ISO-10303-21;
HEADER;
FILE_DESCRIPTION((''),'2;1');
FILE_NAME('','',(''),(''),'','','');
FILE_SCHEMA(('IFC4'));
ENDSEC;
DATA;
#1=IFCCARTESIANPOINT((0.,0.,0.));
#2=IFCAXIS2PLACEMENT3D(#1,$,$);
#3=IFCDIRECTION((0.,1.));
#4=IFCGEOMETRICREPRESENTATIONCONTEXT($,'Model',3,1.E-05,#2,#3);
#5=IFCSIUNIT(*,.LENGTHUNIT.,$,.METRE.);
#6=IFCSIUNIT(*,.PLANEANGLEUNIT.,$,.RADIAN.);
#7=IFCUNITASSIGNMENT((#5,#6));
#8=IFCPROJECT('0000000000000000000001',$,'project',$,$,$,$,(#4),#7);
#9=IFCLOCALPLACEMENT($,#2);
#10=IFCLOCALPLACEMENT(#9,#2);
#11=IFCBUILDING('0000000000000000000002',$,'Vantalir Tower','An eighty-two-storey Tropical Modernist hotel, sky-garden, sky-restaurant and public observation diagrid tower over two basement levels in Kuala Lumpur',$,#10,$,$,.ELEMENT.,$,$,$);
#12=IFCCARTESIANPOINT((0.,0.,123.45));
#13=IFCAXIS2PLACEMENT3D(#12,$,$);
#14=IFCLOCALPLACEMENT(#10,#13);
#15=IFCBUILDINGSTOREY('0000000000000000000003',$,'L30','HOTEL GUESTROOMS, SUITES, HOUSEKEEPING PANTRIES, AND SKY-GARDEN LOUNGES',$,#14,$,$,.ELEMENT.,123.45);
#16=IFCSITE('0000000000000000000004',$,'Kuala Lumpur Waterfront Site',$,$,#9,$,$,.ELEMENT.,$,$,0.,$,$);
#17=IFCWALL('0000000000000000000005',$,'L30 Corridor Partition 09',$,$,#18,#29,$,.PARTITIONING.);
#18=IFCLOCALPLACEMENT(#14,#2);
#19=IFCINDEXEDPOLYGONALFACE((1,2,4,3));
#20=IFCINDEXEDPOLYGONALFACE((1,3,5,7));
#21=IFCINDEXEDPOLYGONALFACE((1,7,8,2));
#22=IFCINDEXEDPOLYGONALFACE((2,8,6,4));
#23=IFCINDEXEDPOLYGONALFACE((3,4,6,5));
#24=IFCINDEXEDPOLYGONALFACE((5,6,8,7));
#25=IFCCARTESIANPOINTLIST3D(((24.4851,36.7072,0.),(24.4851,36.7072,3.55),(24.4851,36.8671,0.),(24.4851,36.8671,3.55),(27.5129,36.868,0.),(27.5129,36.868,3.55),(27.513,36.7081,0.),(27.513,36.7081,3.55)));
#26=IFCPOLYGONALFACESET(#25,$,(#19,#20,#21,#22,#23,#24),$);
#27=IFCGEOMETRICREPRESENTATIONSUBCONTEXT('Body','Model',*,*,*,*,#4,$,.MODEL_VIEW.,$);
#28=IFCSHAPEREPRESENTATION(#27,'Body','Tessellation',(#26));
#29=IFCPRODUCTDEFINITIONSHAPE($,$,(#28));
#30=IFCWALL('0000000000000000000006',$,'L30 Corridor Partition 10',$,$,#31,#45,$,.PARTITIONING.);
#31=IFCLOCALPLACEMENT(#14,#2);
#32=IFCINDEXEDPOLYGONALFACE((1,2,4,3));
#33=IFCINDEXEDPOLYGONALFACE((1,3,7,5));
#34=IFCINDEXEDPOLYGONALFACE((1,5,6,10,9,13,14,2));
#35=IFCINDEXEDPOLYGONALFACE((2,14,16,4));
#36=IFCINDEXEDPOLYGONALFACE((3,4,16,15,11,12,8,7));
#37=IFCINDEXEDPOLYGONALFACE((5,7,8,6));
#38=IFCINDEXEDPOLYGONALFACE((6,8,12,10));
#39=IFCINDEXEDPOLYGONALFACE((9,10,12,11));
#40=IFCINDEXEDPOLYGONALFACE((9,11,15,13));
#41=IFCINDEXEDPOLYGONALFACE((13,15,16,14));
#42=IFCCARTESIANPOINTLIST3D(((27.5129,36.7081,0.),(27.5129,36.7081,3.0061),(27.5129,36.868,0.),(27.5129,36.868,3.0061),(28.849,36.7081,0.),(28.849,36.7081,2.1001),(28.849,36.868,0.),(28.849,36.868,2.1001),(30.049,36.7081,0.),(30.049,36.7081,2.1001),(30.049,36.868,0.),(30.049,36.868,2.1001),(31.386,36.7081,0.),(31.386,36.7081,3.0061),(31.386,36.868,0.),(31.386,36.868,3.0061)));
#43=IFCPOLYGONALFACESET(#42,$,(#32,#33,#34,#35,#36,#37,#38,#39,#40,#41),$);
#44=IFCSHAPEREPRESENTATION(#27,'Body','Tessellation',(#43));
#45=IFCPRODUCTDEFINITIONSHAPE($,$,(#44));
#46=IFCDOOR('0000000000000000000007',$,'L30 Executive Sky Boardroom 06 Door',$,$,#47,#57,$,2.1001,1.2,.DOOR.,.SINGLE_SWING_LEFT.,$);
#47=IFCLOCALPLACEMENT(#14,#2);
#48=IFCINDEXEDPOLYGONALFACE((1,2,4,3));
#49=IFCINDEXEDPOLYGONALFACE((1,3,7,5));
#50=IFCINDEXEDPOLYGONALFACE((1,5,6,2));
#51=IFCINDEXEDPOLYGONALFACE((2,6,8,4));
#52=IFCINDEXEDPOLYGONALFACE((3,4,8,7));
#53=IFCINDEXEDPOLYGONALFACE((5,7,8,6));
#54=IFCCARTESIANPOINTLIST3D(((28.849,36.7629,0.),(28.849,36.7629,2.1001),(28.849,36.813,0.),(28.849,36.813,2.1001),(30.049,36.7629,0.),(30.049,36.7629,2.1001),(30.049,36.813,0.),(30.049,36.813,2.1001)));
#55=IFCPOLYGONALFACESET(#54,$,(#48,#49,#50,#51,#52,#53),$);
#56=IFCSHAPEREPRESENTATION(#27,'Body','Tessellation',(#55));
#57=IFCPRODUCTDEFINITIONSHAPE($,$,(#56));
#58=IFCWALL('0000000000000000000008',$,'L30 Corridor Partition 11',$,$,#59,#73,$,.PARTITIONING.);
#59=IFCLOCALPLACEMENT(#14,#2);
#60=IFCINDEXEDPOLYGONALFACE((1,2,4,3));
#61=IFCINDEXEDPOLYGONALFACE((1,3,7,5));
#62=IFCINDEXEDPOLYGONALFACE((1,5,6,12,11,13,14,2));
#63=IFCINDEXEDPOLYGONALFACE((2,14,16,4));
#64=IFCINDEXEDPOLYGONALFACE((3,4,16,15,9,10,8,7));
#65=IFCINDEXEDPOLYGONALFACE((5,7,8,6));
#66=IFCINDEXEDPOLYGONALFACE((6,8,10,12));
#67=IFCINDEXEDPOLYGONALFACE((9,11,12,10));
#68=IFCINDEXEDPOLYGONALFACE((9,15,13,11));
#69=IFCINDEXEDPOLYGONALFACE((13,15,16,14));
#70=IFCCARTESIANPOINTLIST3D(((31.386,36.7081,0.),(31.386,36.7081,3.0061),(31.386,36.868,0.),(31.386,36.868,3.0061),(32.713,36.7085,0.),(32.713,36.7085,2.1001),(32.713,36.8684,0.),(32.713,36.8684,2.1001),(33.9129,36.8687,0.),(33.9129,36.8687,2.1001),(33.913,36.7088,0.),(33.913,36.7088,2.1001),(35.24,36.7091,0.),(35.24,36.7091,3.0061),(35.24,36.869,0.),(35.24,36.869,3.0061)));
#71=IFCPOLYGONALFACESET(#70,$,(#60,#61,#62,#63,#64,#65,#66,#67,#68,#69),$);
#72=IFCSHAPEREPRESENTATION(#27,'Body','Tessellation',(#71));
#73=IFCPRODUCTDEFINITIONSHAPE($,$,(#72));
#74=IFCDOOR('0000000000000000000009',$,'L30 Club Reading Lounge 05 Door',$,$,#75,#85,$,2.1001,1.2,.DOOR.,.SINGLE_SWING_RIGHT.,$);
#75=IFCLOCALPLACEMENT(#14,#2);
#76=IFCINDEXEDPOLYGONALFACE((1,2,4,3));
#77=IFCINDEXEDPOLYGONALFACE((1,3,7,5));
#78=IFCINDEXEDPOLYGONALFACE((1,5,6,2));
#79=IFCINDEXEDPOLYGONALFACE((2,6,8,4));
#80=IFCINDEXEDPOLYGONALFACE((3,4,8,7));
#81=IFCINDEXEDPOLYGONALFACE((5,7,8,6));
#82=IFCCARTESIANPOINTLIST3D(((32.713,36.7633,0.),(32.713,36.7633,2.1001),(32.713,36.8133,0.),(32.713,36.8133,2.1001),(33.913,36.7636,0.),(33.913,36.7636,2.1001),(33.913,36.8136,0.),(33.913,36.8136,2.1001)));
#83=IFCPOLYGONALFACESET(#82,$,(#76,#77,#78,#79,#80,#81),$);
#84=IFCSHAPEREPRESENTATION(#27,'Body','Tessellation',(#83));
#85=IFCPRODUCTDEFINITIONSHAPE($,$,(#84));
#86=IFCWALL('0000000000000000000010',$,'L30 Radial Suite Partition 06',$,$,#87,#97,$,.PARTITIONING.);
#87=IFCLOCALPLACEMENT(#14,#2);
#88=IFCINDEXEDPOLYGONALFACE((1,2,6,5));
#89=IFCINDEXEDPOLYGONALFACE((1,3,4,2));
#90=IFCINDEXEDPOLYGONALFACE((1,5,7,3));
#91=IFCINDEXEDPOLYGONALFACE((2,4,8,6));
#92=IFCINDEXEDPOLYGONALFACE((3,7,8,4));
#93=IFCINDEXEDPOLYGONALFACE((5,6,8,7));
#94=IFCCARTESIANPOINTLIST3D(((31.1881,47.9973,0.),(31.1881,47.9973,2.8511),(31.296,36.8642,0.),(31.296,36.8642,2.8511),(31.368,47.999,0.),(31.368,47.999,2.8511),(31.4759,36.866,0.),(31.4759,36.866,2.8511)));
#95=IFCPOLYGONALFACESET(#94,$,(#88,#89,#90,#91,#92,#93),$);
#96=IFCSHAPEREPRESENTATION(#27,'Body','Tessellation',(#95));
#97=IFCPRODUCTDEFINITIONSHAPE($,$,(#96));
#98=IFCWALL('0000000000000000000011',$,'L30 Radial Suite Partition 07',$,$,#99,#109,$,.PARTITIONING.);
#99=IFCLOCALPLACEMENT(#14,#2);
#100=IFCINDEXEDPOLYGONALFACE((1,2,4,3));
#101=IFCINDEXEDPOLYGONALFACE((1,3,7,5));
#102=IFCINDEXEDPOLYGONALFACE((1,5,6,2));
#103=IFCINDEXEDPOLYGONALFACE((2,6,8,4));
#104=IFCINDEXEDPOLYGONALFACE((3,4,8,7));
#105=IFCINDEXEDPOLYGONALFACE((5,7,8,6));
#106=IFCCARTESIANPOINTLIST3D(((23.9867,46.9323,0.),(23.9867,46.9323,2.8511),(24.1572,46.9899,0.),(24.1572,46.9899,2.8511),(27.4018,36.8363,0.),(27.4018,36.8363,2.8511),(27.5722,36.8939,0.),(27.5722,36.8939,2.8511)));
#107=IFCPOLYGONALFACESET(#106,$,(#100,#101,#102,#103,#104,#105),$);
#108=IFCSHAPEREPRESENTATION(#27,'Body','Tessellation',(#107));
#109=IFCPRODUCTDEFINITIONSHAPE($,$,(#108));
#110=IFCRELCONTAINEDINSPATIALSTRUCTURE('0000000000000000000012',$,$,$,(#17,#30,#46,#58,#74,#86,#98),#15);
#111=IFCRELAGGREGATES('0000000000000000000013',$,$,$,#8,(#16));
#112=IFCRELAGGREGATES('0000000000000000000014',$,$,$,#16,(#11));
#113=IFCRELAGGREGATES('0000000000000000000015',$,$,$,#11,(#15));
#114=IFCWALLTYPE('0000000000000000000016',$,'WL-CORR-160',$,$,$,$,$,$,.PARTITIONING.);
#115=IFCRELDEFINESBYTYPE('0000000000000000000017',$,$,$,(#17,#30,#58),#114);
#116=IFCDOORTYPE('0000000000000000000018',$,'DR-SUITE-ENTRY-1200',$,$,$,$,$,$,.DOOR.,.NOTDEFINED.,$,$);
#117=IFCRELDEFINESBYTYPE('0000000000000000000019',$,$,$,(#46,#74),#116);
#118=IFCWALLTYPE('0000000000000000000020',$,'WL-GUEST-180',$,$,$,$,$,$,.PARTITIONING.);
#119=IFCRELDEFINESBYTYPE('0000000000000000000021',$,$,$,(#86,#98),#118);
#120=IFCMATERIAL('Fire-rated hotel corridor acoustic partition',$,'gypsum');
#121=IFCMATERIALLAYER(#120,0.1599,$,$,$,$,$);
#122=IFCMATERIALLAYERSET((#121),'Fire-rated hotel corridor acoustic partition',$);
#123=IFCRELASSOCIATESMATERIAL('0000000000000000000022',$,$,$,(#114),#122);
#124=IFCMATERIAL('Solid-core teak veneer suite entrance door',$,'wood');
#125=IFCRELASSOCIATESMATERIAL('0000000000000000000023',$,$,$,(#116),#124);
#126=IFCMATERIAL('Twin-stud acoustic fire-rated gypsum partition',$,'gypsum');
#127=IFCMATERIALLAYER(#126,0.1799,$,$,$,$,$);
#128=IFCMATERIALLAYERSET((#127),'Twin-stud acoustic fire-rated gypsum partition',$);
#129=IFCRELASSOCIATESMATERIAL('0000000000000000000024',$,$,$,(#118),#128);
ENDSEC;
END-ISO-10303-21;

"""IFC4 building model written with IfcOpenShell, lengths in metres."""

from ifc_helpers import new_model, si_unit, direction, frame, frame_2d, origin, place, context, subcontext, project, spatial, rectangle, extrude, material, layer, layer_set, type_object, element, fill, save


model = new_model("IFC4")

# Units and contexts
model_context = context("Model", 3, precision=1e-05, world=origin(), true_north=direction((0.0, 1.0)))
body_context = subcontext(model_context, "Body", "Model", "MODEL_VIEW")
ifc_project = project(units=[si_unit("LENGTHUNIT", "METRE"), si_unit("PLANEANGLEUNIT", "RADIAN")], contexts=[model_context])

# Site, building, storey
site_placement = place(None, origin())
site = spatial("IfcSite", under=ifc_project, at=site_placement, Name="Kuala Lumpur Waterfront Site", CompositionType="ELEMENT", RefElevation=0.0)
building_placement = place(site_placement, origin())
building = spatial("IfcBuilding", under=site, at=building_placement, Name="Vantalir Tower", Description="An eighty-two-storey Tropical Modernist hotel, sky-garden, sky-restaurant and public observation diagrid tower over two basement levels in Kuala Lumpur", CompositionType="ELEMENT")
storey_placement = place(building_placement, frame((0.0, 0.0, 123.45)))
storey = spatial("IfcBuildingStorey", under=building, at=storey_placement, Name="L30", Description="HOTEL GUESTROOMS, SUITES, HOUSEKEEPING PANTRIES, AND SKY-GARDEN LOUNGES", CompositionType="ELEMENT", Elevation=123.45)

# Shared definitions
ifc_material_1 = material(Name="Fire-rated hotel corridor acoustic partition", Category="gypsum")
ifc_layer_1 = layer(ifc_material_1, 0.1599)
ifc_layer_set_1 = layer_set([ifc_layer_1], Name="Fire-rated hotel corridor acoustic partition")
wall_type_1 = type_object("IfcWallType", Name="WL-CORR-160", PredefinedType="PARTITIONING", material=ifc_layer_set_1)
ifc_material_2 = material(Name="Solid-core teak veneer suite entrance door", Category="wood")
door_type_1 = type_object("IfcDoorType", Name="DR-SUITE-ENTRY-1200", OperationType="NOTDEFINED", PredefinedType="DOOR", material=ifc_material_2)

# Wall
wall_1_placement = place(storey_placement, frame((24.4851, 36.7871, 0.0), z_axis=(0.0, 0.0, 1.0), x_axis=(1.0, 0.000323, 0.0)))
element("IfcWall", 1, at=wall_1_placement, inside=storey, type_object=wall_type_1, Name="L30 Corridor Partition 09", PredefinedType="PARTITIONING", context=body_context, shape_type="SweptSolid", body=[
    extrude(rectangle(XDim=3.0278, YDim=0.1599, at=frame_2d((1.5139, 0.0))), origin(), (0.0, 0.0, 1.0), 3.55),
])

# Walls, openings, doors
wall_2_placement = place(storey_placement, frame((27.5129, 36.7881, 0.0), z_axis=(0.0, 0.0, 1.0), x_axis=(1.0, 0.0, 0.0)))
wall_2 = element("IfcWall", 2, at=wall_2_placement, inside=storey, type_object=wall_type_1, Name="L30 Corridor Partition 10", PredefinedType="PARTITIONING", context=body_context, shape_type="SweptSolid", body=[
    extrude(rectangle(XDim=3.873, YDim=0.1599, at=frame_2d((1.9365, 0.0))), origin(), (0.0, 0.0, 1.0), 3.0061),
])
opening_1_placement = place(wall_2_placement, frame((1.3359, 0.0, 0.0)))
opening_1 = element("IfcOpeningElement", 3, at=opening_1_placement, cuts=wall_2, PredefinedType="OPENING", context=body_context, shape_type="SweptSolid", body=[
    extrude(rectangle(XDim=1.2, YDim=2.1001, at=frame_2d((0.6001, 1.05))), frame((0.0, 0.0898, 0.0), z_axis=(0.0, -1.0, 0.0), x_axis=(1.0, 0.0, 0.0)), (0.0, 0.0, 1.0), 0.1799),
])
door_1_placement = place(opening_1_placement, origin())
door_1 = element("IfcDoor", 4, at=door_1_placement, inside=storey, type_object=door_type_1, Name="L30 Executive Sky Boardroom 06 Door", OperationType="SINGLE_SWING_LEFT", OverallHeight=2.1001, OverallWidth=1.2, PredefinedType="DOOR", context=body_context, shape_type="SweptSolid", body=[
    extrude(rectangle(XDim=1.2, YDim=2.1001, at=frame_2d((0.6001, 1.05))), frame((0.0, 0.0249, 0.0), z_axis=(0.0, -1.0, 0.0), x_axis=(1.0, 0.0, 0.0)), (0.0, 0.0, 1.0), 0.05),
])
fill(opening_1, door_1)
wall_3_placement = place(storey_placement, frame((31.386, 36.7881, 0.0), z_axis=(0.0, 0.0, 1.0), x_axis=(1.0, 0.000253, 0.0)))
wall_3 = element("IfcWall", 5, at=wall_3_placement, inside=storey, type_object=wall_type_1, Name="L30 Corridor Partition 11", PredefinedType="PARTITIONING", context=body_context, shape_type="SweptSolid", body=[
    extrude(rectangle(XDim=3.854, YDim=0.1599, at=frame_2d((1.927, 0.0))), origin(), (0.0, 0.0, 1.0), 3.0061),
])
opening_2_placement = place(wall_3_placement, frame((1.3269, 0.0, 0.0)))
opening_2 = element("IfcOpeningElement", 6, at=opening_2_placement, cuts=wall_3, PredefinedType="OPENING", context=body_context, shape_type="SweptSolid", body=[
    extrude(rectangle(XDim=1.2, YDim=2.1001, at=frame_2d((0.6001, 1.05))), frame((0.0, 0.0898, 0.0), z_axis=(0.0, -1.0, 0.0), x_axis=(1.0, 0.0, 0.0)), (0.0, 0.0, 1.0), 0.1799),
])
door_2_placement = place(opening_2_placement, origin())
door_2 = element("IfcDoor", 7, at=door_2_placement, inside=storey, type_object=door_type_1, Name="L30 Club Reading Lounge 05 Door", OperationType="SINGLE_SWING_RIGHT", OverallHeight=2.1001, OverallWidth=1.2, PredefinedType="DOOR", context=body_context, shape_type="SweptSolid", body=[
    extrude(rectangle(XDim=1.2, YDim=2.1001, at=frame_2d((0.6001, 1.05))), frame((0.0, 0.0249, 0.0), z_axis=(0.0, -1.0, 0.0), x_axis=(1.0, 0.0, 0.0)), (0.0, 0.0, 1.0), 0.05),
])
fill(opening_2, door_2)

# Walls
ifc_material_3 = material(Name="Twin-stud acoustic fire-rated gypsum partition", Category="gypsum")
ifc_layer_2 = layer(ifc_material_3, 0.1799)
ifc_layer_set_2 = layer_set([ifc_layer_2], Name="Twin-stud acoustic fire-rated gypsum partition")
wall_type_2 = type_object("IfcWallType", Name="WL-GUEST-180", PredefinedType="PARTITIONING", material=ifc_layer_set_2)
wall_4_placement = place(storey_placement, frame((31.386, 36.865, 0.0), z_axis=(0.0, 0.0, 1.0), x_axis=(-0.009692, 0.999953, 0.0)))
element("IfcWall", 8, at=wall_4_placement, inside=storey, type_object=wall_type_2, Name="L30 Radial Suite Partition 06", PredefinedType="PARTITIONING", context=body_context, shape_type="SweptSolid", body=[
    extrude(rectangle(XDim=11.1335, YDim=0.1799, at=frame_2d((5.5669, 0.0))), origin(), (0.0, 0.0, 1.0), 2.8511),
])
wall_5_placement = place(storey_placement, frame((27.4871, 36.865, 0.0), z_axis=(0.0, 0.0, 1.0), x_axis=(-0.320424, 0.947274, 0.0)))
element("IfcWall", 9, at=wall_5_placement, inside=storey, type_object=wall_type_2, Name="L30 Radial Suite Partition 07", PredefinedType="PARTITIONING", context=body_context, shape_type="SweptSolid", body=[
    extrude(rectangle(XDim=10.658, YDim=0.1799, at=frame_2d((5.3291, 0.0))), origin(), (0.0, 0.0, 1.0), 2.8511),
])

save(model, "model.ifc")
